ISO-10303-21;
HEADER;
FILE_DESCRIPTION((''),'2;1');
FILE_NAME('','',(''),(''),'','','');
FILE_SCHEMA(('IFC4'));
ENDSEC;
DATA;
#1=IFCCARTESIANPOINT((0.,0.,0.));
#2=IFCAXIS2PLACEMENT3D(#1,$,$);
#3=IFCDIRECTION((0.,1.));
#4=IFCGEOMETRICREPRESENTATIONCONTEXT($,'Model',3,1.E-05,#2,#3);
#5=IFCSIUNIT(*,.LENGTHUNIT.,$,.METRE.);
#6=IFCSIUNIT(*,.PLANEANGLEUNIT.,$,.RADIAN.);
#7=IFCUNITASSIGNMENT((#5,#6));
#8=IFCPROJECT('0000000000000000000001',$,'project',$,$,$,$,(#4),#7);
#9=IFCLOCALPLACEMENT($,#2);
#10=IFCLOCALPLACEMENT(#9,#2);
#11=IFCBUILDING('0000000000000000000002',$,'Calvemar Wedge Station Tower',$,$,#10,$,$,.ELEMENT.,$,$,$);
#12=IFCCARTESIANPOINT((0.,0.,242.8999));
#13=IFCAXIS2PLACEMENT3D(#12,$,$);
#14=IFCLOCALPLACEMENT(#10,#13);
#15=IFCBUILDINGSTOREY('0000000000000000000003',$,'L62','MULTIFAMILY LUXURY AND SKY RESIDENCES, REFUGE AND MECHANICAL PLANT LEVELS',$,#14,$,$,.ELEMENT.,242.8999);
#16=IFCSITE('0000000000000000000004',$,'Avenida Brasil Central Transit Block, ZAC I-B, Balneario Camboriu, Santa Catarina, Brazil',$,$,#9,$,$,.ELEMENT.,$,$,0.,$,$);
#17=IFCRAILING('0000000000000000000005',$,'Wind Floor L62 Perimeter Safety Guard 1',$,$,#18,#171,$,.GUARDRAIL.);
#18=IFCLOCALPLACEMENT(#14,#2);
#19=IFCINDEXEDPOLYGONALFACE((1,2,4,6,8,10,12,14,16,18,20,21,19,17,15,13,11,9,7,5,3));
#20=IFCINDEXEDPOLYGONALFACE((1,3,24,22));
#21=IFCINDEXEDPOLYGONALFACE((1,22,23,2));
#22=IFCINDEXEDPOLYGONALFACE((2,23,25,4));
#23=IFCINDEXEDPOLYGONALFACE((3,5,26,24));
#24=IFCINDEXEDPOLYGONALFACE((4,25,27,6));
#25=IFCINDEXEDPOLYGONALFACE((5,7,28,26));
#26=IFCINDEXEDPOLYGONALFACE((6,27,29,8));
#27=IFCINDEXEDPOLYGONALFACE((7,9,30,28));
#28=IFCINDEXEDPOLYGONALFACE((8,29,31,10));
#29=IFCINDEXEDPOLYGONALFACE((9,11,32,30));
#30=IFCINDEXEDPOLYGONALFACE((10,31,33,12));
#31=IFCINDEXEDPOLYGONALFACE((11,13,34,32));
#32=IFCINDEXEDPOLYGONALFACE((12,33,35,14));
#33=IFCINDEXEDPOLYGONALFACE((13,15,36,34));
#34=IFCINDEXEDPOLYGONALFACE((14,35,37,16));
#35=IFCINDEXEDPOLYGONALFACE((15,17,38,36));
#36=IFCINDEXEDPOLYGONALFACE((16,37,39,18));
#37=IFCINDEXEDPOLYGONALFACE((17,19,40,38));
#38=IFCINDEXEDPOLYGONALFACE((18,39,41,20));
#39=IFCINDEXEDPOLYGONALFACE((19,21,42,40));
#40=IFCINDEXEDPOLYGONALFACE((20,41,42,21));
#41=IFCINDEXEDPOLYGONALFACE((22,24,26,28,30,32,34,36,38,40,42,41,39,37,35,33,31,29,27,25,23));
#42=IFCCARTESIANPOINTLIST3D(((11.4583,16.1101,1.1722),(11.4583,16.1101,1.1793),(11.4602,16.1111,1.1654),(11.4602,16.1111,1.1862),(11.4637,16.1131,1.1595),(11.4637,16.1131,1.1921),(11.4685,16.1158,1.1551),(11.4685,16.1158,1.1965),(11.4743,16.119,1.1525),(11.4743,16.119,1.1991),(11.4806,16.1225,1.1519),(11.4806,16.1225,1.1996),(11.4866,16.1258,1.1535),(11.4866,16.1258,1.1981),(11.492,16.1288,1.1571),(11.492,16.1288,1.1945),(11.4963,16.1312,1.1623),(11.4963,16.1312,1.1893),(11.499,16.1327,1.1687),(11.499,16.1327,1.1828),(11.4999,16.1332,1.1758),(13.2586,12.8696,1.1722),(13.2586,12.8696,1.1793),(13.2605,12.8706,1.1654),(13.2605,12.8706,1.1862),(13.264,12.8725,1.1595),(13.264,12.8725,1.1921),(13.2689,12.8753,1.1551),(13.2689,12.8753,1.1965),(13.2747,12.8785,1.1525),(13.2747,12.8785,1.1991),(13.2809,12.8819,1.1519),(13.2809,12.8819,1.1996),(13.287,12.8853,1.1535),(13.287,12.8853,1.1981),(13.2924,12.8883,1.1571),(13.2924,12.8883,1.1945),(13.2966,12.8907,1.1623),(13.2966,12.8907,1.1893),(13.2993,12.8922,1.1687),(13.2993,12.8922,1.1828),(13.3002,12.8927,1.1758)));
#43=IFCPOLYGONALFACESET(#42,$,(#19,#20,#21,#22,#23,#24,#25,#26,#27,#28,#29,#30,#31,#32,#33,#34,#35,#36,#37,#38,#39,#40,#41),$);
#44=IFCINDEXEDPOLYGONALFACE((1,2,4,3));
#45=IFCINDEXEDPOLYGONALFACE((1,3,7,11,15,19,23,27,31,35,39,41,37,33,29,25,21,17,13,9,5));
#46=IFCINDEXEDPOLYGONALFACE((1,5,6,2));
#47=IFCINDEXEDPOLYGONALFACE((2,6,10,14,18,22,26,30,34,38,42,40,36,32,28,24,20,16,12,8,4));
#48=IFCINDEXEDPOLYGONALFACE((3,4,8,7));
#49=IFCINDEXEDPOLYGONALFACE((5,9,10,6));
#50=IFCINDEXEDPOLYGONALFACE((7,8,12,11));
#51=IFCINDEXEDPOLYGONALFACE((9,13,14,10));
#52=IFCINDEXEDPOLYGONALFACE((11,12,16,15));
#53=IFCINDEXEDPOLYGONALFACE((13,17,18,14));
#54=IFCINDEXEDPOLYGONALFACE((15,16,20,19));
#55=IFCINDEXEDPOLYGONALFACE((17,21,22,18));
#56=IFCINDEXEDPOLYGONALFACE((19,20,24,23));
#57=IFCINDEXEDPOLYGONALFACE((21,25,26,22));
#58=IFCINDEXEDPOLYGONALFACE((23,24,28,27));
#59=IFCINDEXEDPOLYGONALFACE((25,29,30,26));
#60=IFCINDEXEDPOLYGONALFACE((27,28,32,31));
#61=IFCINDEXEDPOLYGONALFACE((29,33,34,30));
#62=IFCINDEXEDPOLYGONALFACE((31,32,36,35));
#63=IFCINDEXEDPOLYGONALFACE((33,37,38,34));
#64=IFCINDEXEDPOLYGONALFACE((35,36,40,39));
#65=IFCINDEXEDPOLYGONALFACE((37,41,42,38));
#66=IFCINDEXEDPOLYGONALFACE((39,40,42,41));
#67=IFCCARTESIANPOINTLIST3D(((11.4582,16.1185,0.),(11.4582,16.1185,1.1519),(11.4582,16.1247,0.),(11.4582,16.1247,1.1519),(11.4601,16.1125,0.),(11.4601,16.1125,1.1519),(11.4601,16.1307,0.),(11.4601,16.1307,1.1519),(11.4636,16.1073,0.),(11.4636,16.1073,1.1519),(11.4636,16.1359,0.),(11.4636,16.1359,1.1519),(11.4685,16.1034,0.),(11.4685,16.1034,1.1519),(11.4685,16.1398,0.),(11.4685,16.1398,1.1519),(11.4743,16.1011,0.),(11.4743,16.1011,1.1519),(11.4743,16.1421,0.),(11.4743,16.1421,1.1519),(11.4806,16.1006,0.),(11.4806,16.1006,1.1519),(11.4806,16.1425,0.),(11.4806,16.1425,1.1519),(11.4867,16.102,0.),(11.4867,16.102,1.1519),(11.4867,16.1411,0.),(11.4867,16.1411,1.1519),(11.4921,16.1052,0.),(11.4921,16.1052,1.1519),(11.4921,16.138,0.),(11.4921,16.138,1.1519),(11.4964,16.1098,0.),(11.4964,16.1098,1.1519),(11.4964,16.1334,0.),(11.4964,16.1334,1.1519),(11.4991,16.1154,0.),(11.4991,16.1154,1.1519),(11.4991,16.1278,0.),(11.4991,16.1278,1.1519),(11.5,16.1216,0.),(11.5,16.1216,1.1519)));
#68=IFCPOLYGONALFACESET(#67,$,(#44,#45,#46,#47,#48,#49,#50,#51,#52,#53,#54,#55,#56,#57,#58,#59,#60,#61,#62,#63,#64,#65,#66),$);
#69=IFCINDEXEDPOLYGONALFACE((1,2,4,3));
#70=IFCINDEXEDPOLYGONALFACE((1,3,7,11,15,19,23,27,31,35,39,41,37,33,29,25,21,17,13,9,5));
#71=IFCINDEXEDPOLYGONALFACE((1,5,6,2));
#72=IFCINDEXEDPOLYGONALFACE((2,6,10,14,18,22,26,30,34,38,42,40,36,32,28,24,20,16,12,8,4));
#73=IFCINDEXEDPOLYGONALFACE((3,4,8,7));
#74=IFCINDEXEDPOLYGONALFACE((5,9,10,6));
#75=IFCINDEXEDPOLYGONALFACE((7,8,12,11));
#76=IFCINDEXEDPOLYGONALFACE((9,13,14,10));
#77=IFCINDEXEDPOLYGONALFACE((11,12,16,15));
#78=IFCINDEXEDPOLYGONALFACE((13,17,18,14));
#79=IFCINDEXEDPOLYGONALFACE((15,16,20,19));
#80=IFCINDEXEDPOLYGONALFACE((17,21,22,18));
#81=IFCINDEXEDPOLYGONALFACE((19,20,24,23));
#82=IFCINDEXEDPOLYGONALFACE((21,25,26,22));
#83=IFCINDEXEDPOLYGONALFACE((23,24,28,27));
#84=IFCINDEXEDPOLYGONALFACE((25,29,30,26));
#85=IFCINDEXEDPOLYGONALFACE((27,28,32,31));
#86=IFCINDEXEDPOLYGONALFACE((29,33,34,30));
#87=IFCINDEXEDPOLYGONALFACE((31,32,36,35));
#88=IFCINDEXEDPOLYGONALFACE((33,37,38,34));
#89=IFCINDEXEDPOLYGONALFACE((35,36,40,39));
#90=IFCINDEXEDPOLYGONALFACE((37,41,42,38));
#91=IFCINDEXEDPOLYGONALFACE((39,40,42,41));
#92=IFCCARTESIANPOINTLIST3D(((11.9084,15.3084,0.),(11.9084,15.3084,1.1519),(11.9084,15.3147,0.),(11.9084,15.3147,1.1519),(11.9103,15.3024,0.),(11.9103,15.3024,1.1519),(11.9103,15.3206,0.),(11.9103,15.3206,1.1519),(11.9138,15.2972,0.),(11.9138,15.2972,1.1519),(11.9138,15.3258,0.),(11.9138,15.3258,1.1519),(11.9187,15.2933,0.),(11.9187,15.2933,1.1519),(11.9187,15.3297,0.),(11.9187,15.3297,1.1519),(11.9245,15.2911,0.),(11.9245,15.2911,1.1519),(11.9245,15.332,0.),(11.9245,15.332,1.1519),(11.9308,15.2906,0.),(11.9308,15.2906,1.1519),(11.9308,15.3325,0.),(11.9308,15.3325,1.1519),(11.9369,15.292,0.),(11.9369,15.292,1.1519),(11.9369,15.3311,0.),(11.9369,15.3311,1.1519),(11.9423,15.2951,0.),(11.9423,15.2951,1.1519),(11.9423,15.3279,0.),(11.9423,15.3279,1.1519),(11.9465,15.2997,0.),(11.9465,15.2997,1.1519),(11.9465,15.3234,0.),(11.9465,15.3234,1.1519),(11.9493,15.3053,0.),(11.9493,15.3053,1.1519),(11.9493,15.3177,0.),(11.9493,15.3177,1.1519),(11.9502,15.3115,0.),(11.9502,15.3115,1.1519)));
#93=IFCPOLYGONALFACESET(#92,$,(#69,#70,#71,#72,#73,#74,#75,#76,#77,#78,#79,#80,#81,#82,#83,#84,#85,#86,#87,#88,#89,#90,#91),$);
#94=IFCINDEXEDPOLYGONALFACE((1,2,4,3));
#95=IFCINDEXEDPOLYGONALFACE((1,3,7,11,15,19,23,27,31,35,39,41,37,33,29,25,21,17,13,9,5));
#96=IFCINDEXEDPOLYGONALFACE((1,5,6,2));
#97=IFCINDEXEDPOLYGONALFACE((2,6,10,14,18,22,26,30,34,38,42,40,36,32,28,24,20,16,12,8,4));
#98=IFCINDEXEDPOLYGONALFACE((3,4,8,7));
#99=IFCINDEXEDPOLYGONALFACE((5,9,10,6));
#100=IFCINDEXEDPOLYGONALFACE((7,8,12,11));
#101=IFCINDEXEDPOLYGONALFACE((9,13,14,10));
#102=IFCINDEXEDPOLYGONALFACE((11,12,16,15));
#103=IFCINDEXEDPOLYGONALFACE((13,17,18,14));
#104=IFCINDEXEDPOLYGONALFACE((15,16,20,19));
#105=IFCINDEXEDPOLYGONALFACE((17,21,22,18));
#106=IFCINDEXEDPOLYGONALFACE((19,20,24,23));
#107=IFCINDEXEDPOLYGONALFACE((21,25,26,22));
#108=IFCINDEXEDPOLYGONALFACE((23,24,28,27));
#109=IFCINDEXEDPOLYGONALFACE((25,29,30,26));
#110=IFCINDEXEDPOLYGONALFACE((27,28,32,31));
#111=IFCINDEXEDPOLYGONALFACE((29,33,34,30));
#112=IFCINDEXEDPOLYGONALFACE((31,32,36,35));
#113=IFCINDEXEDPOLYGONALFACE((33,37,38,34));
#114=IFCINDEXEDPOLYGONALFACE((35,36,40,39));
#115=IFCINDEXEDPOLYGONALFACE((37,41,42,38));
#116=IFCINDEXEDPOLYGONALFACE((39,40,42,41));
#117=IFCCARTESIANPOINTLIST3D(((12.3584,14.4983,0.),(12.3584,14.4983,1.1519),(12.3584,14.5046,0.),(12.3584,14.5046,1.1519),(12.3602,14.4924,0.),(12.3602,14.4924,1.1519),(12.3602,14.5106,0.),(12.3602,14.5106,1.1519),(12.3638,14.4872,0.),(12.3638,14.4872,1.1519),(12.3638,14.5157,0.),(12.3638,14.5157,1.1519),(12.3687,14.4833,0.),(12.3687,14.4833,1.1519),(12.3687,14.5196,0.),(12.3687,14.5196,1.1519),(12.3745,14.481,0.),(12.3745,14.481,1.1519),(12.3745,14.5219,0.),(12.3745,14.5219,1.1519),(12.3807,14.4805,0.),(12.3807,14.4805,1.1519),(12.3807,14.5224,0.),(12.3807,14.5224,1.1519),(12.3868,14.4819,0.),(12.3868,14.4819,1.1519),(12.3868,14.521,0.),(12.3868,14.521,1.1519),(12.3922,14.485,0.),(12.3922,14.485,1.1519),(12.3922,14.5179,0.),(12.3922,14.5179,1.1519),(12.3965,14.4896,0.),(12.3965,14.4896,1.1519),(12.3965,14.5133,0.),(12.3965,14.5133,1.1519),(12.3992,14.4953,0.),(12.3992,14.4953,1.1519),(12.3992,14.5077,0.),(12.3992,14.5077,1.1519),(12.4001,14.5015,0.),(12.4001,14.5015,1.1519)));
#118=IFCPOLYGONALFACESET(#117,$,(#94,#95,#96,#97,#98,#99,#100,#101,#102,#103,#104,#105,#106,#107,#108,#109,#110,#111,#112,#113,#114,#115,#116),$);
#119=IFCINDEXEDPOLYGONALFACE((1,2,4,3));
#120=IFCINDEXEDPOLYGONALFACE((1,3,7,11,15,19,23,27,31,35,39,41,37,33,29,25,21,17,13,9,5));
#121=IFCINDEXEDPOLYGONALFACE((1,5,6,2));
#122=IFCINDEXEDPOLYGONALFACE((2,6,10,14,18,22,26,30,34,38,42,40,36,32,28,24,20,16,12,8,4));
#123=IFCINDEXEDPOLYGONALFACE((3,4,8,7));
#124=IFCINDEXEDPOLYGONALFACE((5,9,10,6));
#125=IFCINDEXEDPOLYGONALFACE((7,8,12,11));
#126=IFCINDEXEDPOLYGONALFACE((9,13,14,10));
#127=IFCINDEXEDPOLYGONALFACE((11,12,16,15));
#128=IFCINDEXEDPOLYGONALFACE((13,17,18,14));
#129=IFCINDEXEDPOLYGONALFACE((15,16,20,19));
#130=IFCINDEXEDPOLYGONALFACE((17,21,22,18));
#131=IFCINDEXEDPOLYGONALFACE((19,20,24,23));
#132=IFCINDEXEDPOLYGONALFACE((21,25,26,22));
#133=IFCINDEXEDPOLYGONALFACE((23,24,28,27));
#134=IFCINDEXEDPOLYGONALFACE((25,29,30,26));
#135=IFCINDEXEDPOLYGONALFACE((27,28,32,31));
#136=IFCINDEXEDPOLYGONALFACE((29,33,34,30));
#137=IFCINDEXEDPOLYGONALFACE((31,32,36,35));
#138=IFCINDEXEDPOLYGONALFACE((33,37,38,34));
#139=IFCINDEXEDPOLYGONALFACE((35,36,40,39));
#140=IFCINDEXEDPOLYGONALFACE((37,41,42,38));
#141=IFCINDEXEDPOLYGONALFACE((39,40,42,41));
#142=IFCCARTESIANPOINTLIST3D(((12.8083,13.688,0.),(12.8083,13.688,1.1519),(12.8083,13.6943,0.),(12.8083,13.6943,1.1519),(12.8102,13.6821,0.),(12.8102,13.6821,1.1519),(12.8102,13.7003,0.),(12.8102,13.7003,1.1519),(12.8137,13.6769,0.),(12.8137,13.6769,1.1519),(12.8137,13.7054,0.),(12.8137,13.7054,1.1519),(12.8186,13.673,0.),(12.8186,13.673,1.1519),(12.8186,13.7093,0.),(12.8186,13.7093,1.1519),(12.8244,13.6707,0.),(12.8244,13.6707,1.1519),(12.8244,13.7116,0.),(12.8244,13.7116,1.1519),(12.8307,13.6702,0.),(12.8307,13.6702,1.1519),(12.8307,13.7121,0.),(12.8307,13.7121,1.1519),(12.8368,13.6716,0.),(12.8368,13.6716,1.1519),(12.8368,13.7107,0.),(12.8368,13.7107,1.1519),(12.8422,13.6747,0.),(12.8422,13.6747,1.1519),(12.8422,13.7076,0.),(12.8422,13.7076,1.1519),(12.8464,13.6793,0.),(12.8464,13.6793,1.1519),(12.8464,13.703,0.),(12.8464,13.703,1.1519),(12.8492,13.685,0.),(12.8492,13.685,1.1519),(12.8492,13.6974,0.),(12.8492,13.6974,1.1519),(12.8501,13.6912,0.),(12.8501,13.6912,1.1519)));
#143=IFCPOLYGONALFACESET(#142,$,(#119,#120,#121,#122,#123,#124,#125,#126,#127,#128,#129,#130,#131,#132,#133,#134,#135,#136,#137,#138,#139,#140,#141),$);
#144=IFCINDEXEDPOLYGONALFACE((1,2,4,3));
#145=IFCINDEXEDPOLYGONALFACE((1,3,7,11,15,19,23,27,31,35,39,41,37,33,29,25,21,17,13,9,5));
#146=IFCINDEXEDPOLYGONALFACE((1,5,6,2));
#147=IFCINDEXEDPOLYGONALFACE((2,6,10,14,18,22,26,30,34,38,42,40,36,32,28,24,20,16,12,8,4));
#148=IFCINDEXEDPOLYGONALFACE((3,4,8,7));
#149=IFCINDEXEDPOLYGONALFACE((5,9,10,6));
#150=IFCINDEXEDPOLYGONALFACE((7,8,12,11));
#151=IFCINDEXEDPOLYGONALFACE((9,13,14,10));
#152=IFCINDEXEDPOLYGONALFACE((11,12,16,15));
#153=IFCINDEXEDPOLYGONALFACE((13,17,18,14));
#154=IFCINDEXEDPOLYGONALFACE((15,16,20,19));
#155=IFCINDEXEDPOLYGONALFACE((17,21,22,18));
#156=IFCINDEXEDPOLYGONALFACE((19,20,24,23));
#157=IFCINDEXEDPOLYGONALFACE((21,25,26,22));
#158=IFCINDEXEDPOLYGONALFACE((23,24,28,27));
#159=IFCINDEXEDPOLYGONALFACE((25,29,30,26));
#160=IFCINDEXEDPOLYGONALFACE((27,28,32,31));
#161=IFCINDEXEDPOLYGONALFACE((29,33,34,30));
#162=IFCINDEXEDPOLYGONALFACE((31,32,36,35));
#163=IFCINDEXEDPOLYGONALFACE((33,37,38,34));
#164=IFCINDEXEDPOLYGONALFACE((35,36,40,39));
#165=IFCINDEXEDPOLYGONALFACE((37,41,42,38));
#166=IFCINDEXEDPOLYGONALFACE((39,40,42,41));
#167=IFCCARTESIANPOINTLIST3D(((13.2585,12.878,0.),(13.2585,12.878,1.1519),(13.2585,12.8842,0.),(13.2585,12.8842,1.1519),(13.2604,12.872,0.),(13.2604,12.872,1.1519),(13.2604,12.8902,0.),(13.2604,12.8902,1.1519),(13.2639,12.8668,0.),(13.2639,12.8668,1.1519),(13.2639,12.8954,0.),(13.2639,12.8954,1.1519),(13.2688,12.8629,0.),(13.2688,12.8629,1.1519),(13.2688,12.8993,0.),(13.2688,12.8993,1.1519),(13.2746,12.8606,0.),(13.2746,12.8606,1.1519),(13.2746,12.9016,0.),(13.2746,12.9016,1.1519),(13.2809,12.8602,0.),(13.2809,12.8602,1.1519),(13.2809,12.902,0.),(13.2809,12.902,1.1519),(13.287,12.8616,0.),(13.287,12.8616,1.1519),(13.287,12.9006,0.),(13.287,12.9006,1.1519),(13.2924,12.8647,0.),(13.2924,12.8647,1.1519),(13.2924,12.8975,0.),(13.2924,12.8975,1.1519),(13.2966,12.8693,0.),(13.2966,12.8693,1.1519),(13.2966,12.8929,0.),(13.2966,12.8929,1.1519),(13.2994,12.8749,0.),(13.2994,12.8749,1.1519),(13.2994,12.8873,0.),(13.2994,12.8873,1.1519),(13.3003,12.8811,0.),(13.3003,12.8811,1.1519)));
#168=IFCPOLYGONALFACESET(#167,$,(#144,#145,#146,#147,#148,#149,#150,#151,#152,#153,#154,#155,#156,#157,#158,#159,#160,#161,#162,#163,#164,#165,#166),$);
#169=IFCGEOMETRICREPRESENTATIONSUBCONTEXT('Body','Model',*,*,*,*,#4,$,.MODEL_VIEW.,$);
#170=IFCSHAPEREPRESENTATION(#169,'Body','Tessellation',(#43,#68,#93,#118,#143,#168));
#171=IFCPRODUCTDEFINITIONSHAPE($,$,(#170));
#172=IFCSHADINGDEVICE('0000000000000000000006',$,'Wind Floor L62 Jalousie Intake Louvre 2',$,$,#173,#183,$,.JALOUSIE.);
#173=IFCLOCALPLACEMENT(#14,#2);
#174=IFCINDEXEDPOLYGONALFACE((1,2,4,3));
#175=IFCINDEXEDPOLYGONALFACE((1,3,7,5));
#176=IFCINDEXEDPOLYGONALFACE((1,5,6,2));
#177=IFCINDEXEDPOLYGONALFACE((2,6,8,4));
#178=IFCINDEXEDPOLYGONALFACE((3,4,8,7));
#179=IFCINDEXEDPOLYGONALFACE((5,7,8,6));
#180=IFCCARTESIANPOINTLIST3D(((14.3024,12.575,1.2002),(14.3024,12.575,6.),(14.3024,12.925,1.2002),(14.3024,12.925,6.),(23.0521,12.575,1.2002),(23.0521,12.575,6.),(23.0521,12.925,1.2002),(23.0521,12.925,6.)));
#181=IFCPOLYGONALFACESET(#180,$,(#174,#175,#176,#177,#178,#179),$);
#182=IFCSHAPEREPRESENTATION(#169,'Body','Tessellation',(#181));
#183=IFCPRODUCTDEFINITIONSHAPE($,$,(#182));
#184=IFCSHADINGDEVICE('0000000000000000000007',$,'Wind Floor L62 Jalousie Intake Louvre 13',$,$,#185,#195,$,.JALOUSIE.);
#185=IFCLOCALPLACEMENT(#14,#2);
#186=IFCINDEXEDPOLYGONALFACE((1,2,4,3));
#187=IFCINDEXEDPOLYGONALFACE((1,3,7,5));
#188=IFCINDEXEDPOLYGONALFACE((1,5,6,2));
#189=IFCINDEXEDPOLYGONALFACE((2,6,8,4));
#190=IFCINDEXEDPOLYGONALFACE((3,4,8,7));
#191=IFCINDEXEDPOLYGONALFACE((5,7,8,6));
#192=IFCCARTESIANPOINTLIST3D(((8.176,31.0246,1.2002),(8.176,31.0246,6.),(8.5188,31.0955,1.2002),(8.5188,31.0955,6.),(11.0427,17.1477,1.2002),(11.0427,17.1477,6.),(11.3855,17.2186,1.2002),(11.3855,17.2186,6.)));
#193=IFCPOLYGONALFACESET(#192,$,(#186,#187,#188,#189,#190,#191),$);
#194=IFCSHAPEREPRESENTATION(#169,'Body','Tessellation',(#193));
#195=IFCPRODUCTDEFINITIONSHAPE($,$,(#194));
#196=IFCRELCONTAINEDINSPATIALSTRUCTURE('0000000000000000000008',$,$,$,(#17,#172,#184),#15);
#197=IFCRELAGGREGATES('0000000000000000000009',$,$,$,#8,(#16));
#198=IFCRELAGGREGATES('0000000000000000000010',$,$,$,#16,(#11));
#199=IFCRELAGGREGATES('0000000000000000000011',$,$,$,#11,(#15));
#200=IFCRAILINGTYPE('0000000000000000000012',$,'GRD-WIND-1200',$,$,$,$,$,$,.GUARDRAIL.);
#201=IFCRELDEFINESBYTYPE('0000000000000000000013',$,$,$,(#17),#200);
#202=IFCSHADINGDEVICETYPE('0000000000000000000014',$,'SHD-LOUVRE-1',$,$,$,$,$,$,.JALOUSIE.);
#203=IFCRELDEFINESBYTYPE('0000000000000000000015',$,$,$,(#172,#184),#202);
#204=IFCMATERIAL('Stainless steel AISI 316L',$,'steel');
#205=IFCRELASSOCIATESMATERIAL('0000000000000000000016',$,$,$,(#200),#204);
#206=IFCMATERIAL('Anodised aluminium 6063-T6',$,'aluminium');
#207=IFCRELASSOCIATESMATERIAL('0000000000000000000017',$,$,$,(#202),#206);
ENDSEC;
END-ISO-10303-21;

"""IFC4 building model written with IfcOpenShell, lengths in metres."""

from ifc_helpers import new_model, si_unit, direction, frame, frame_2d, origin, origin_2d, place, context, subcontext, project, spatial, rectangle, circle, extrude, material, type_object, element, save


model = new_model("IFC4")

# Units and contexts
model_context = context("Model", 3, precision=1e-05, world=origin(), true_north=direction((0.0, 1.0)))
body_context = subcontext(model_context, "Body", "Model", "MODEL_VIEW")
ifc_project = project(units=[si_unit("LENGTHUNIT", "METRE"), si_unit("PLANEANGLEUNIT", "RADIAN")], contexts=[model_context])

# Site, building, storey
site_placement = place(None, origin())
site = spatial("IfcSite", under=ifc_project, at=site_placement, Name="Avenida Brasil Central Transit Block, ZAC I-B, Balneario Camboriu, Santa Catarina, Brazil", CompositionType="ELEMENT", RefElevation=0.0)
building_placement = place(site_placement, origin())
building = spatial("IfcBuilding", under=site, at=building_placement, Name="Calvemar Wedge Station Tower", CompositionType="ELEMENT")
storey_placement = place(building_placement, frame((0.0, 0.0, 242.8999)))
storey = spatial("IfcBuildingStorey", under=building, at=storey_placement, Name="L62", Description="MULTIFAMILY LUXURY AND SKY RESIDENCES, REFUGE AND MECHANICAL PLANT LEVELS", CompositionType="ELEMENT", Elevation=242.8999)

# Railing
ifc_material_1 = material(Name="Stainless steel AISI 316L", Category="steel")
railing_type = type_object("IfcRailingType", Name="GRD-WIND-1200", PredefinedType="GUARDRAIL", material=ifc_material_1)
railing_1_placement = place(storey_placement, frame((11.479, 16.1216, 0.0)))
element("IfcRailing", 1, at=railing_1_placement, inside=storey, type_object=railing_type, Name="Wind Floor L62 Perimeter Safety Guard 1", PredefinedType="GUARDRAIL", context=body_context, shape_type="SweptSolid", body=[
    extrude(circle(Radius=0.0239, at=origin_2d()), frame((0.0, 0.0, 1.1758), z_axis=(0.485649, -0.874154, 0.0), x_axis=(0.874154, 0.485649, 0.0)), (0.0, 0.0, 1.0), 3.707),
    extrude(circle(Radius=0.021, at=origin_2d()), origin(), (0.0, 0.0, 1.0), 1.1519),
    extrude(circle(Radius=0.021, at=origin_2d()), frame((0.4502, -0.8101, 0.0)), (0.0, 0.0, 1.0), 1.1519),
    extrude(circle(Radius=0.021, at=origin_2d()), frame((0.9001, -1.6201, 0.0)), (0.0, 0.0, 1.0), 1.1519),
    extrude(circle(Radius=0.021, at=origin_2d()), frame((1.3501, -2.4304, 0.0)), (0.0, 0.0, 1.0), 1.1519),
    extrude(circle(Radius=0.021, at=origin_2d()), frame((1.8003, -3.2405, 0.0)), (0.0, 0.0, 1.0), 1.1519),
])

# Shading devices
ifc_material_2 = material(Name="Anodised aluminium 6063-T6", Category="aluminium")
shading_device_type = type_object("IfcShadingDeviceType", Name="SHD-LOUVRE-1", PredefinedType="JALOUSIE", material=ifc_material_2)
shading_device_1_placement = place(storey_placement, frame((14.3022, 12.75, 1.2002), z_axis=(0.0, 0.0, 1.0), x_axis=(1.0, 0.0, 0.0)))
element("IfcShadingDevice", 2, at=shading_device_1_placement, inside=storey, type_object=shading_device_type, Name="Wind Floor L62 Jalousie Intake Louvre 2", PredefinedType="JALOUSIE", context=body_context, shape_type="SweptSolid", body=[
    extrude(rectangle(XDim=8.7498, YDim=0.3501, at=frame_2d((4.375, 0.0))), origin(), (0.0, 0.0, 1.0), 4.7998),
])
shading_device_2_placement = place(storey_placement, frame((8.3474, 31.0601, 1.2002), z_axis=(0.0, 0.0, 1.0), x_axis=(0.202308, -0.979322, 0.0)))
element("IfcShadingDevice", 3, at=shading_device_2_placement, inside=storey, type_object=shading_device_type, Name="Wind Floor L62 Jalousie Intake Louvre 13", PredefinedType="JALOUSIE", context=body_context, shape_type="SweptSolid", body=[
    extrude(rectangle(XDim=14.1699, YDim=0.3501, at=frame_2d((7.085, 0.0))), origin(), (0.0, 0.0, 1.0), 4.7998),
])

save(model, "model.ifc")
